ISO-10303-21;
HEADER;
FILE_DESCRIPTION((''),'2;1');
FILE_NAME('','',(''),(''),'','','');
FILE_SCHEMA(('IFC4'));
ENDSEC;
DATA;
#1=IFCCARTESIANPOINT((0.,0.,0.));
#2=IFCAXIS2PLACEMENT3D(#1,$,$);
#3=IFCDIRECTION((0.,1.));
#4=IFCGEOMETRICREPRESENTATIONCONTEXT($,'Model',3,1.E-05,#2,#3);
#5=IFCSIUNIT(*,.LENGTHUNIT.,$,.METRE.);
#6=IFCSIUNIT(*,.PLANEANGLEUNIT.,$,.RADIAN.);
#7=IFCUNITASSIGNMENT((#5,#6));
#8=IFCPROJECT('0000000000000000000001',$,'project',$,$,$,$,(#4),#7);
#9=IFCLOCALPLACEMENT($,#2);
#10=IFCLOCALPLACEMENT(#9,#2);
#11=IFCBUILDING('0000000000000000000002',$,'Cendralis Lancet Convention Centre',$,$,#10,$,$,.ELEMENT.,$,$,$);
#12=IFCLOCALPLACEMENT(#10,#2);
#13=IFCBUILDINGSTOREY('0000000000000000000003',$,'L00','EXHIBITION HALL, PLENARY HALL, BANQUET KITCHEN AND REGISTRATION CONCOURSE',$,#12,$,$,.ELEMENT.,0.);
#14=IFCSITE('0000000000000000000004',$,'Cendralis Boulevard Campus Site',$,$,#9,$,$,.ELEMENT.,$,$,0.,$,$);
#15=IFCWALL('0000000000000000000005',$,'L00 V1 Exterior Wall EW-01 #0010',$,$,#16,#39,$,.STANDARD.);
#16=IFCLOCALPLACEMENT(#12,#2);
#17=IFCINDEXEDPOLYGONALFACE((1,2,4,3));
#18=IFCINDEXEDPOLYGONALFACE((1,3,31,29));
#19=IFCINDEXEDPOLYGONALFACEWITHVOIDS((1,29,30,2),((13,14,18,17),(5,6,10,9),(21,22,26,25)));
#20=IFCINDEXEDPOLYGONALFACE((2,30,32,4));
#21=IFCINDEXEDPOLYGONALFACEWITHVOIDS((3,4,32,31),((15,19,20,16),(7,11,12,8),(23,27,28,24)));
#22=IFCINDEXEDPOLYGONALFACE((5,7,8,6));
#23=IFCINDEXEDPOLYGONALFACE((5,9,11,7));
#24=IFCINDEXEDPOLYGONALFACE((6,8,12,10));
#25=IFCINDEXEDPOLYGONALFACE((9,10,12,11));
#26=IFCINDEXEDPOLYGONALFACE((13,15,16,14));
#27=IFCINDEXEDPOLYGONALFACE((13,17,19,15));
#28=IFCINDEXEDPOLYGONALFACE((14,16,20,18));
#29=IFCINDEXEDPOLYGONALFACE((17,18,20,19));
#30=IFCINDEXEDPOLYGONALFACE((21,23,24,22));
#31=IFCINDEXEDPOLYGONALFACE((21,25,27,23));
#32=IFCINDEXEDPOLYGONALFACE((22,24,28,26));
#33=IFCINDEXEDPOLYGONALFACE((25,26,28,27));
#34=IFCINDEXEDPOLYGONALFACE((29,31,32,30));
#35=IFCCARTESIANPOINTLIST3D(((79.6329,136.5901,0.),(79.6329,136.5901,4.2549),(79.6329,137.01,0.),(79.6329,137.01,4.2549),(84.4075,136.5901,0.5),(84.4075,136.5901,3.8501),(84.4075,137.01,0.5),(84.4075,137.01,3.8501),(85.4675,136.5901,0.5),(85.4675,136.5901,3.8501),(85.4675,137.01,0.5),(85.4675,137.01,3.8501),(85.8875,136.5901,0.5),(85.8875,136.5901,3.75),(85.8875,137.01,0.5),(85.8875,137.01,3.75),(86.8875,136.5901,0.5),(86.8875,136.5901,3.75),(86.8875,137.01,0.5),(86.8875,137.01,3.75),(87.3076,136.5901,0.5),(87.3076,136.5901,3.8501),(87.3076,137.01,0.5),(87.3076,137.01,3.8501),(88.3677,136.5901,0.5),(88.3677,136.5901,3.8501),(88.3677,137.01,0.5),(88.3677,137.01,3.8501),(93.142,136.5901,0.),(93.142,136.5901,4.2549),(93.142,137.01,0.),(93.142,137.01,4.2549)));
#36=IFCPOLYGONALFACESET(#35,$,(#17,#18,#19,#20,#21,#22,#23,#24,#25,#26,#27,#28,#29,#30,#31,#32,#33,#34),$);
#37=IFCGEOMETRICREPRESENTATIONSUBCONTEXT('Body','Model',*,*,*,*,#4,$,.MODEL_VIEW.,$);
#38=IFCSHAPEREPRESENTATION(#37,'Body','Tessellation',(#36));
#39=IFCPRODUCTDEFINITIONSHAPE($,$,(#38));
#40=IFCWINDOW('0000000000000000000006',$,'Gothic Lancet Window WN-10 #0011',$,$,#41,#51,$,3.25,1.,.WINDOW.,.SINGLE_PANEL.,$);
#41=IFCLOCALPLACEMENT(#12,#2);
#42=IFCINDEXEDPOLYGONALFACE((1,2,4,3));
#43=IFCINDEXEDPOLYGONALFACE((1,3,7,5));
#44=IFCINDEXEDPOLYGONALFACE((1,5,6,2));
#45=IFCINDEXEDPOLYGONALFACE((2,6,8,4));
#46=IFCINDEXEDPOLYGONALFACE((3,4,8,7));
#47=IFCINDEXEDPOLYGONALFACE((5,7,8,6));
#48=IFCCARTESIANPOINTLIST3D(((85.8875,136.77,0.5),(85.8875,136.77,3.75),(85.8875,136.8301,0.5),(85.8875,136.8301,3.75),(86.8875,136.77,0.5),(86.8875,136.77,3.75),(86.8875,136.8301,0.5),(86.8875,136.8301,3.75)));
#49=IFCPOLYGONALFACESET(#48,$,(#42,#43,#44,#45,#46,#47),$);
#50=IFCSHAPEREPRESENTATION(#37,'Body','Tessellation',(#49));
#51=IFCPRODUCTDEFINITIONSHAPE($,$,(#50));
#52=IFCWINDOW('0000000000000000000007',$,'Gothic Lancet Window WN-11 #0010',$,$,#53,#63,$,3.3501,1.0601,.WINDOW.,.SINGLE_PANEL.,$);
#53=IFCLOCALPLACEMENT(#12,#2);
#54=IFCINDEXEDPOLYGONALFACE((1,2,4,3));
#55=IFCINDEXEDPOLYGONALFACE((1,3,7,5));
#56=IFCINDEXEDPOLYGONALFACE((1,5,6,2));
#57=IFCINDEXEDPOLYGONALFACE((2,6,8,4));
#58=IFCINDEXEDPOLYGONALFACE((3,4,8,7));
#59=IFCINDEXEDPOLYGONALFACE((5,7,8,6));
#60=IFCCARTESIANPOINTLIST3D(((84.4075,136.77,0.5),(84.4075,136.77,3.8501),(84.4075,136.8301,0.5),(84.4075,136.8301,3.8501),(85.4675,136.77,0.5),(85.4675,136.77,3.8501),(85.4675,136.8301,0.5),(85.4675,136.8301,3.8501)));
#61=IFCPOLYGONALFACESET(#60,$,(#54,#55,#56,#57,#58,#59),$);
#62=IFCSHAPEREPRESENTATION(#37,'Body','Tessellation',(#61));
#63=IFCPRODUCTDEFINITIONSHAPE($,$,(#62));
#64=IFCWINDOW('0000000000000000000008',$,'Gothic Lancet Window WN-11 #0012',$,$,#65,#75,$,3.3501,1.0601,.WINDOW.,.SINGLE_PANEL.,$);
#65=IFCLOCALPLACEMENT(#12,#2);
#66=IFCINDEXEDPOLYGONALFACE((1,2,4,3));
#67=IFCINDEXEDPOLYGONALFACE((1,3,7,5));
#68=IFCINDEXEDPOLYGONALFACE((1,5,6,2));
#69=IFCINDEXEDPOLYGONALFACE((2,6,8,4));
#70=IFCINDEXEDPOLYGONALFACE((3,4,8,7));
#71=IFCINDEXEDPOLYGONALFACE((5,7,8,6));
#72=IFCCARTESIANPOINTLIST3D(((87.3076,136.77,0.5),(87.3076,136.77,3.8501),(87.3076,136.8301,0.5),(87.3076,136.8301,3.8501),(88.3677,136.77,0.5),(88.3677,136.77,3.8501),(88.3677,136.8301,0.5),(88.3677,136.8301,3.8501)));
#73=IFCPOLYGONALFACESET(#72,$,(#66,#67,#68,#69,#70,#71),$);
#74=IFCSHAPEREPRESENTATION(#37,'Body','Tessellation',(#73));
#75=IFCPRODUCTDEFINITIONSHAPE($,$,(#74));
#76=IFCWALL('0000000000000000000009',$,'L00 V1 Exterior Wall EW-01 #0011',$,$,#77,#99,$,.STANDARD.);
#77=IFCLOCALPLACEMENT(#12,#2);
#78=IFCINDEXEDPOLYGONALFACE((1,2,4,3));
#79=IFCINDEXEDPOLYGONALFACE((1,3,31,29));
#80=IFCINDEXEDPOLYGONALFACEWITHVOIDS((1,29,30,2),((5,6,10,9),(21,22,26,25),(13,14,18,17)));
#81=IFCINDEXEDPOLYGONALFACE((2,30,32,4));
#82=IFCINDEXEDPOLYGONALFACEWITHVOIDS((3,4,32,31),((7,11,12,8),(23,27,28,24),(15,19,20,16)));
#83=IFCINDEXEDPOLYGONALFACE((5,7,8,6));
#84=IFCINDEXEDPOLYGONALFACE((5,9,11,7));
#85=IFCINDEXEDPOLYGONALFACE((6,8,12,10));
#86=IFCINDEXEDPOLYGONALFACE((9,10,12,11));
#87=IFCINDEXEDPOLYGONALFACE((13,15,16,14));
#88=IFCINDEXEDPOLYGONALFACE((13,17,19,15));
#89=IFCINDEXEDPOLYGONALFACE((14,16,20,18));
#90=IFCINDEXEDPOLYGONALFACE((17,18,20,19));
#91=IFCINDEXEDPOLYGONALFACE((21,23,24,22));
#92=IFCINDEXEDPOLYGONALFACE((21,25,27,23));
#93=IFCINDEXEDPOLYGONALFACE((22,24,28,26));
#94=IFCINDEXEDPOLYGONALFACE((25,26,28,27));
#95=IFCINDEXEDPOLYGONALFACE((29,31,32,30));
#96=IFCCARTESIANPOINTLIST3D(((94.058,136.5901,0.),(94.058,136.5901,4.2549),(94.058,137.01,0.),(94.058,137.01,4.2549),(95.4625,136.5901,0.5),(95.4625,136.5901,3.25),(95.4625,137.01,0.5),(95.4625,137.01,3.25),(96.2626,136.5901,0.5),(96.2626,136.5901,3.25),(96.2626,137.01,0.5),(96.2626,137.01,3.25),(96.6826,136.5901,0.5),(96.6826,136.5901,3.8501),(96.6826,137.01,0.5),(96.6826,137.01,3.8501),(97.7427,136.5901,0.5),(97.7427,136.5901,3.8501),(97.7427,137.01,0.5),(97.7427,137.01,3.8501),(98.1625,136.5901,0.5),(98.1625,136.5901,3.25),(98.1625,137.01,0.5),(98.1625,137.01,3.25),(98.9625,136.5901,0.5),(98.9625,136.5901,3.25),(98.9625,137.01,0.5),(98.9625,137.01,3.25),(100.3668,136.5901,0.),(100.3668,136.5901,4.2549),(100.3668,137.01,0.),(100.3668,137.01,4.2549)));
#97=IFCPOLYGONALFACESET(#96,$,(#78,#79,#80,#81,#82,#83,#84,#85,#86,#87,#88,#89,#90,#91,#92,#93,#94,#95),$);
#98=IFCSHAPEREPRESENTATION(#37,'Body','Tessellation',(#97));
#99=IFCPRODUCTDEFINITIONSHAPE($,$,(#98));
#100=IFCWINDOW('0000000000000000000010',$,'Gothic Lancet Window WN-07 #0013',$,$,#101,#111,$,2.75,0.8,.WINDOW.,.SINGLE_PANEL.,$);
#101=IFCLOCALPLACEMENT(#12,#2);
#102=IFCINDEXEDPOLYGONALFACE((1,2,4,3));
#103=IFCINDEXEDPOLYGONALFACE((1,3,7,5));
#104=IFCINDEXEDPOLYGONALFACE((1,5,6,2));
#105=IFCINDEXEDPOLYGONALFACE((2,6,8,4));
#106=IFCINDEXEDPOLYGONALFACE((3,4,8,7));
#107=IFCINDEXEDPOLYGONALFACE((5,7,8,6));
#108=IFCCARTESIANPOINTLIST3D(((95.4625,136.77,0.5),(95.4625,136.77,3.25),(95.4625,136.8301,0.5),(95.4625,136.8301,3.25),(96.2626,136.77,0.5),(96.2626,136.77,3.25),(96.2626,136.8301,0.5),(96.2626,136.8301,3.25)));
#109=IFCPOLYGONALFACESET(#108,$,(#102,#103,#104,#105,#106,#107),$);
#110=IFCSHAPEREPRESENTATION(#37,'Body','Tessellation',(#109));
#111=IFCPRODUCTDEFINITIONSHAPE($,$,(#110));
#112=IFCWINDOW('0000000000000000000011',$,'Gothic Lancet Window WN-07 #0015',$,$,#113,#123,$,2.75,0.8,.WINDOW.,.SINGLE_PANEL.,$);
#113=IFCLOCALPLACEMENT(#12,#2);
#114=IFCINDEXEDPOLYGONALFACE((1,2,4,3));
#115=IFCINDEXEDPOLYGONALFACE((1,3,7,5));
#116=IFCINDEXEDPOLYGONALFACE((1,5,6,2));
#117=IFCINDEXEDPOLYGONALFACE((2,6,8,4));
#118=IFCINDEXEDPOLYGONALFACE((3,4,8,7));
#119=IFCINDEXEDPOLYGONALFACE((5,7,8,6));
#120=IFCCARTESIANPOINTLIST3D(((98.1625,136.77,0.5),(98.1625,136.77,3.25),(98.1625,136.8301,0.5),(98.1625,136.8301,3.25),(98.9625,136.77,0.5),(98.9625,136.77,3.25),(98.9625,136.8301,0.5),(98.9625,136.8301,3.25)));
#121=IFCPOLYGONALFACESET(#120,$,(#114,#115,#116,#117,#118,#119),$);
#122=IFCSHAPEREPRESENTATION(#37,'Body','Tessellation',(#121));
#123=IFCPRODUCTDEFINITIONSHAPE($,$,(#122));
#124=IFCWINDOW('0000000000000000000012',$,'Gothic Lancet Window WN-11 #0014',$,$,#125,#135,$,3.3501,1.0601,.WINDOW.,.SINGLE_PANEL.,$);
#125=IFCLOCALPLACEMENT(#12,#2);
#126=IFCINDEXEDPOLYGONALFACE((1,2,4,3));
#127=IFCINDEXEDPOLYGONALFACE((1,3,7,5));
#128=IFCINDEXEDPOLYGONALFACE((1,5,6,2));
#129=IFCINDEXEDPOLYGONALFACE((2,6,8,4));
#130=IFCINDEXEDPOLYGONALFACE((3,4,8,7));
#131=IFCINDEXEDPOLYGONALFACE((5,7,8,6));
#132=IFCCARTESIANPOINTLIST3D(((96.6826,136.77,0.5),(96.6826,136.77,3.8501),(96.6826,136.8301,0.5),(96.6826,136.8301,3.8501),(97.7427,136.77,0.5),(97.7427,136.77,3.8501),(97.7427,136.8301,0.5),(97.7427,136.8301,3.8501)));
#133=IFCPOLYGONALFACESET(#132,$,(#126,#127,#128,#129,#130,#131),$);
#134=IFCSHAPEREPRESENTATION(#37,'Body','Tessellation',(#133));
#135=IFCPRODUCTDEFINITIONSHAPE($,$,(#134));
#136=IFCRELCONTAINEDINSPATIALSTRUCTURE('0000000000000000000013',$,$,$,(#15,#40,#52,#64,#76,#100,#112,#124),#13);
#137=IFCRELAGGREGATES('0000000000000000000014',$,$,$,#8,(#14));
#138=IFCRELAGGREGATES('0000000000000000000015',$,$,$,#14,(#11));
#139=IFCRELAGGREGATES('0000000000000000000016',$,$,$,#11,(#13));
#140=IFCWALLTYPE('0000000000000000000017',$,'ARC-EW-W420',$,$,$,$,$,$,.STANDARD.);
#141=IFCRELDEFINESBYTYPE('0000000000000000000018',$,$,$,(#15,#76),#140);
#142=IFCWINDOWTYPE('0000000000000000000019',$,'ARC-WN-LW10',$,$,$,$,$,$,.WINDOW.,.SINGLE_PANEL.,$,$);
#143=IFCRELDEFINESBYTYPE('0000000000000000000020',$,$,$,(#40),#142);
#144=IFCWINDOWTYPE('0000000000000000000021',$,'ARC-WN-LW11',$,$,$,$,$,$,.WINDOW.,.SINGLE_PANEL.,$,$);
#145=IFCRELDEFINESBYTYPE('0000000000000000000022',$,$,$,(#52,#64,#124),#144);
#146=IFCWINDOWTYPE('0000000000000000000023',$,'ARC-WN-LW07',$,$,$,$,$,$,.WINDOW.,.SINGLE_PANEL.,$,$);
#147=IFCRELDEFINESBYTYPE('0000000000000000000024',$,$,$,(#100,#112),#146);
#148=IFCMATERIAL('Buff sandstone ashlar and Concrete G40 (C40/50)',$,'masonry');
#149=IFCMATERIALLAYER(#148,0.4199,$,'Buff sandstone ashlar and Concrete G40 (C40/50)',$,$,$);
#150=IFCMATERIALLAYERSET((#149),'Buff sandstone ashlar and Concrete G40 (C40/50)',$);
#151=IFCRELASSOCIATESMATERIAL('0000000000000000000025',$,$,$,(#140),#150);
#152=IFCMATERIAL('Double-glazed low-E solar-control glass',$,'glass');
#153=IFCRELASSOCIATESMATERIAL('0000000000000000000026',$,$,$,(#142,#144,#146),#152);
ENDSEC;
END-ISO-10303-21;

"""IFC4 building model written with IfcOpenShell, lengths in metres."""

from ifc_helpers import new_model, si_unit, direction, frame, frame_2d, origin, place, context, subcontext, project, spatial, rectangle, extrude, material, layer, layer_set, type_object, element, fill, save


model = new_model("IFC4")

# Units and contexts
model_context = context("Model", 3, precision=1e-05, world=origin(), true_north=direction((0.0, 1.0)))
body_context = subcontext(model_context, "Body", "Model", "MODEL_VIEW")
ifc_project = project(units=[si_unit("LENGTHUNIT", "METRE"), si_unit("PLANEANGLEUNIT", "RADIAN")], contexts=[model_context])

# Site, building, storey
site_placement = place(None, origin())
site = spatial("IfcSite", under=ifc_project, at=site_placement, Name="Cendralis Boulevard Campus Site", CompositionType="ELEMENT", RefElevation=0.0)
building_placement = place(site_placement, origin())
building = spatial("IfcBuilding", under=site, at=building_placement, Name="Cendralis Lancet Convention Centre", CompositionType="ELEMENT")
storey_placement = place(building_placement, origin())
storey = spatial("IfcBuildingStorey", under=building, at=storey_placement, Name="L00", Description="EXHIBITION HALL, PLENARY HALL, BANQUET KITCHEN AND REGISTRATION CONCOURSE", CompositionType="ELEMENT", Elevation=0.0)

# Walls, openings, windows
ifc_material_1 = material(Name="Buff sandstone ashlar and Concrete G40 (C40/50)", Category="masonry")
ifc_layer_1 = layer(ifc_material_1, 0.4199, Name="Buff sandstone ashlar and Concrete G40 (C40/50)")
ifc_layer_set_1 = layer_set([ifc_layer_1], Name="Buff sandstone ashlar and Concrete G40 (C40/50)")
wall_type_1 = type_object("IfcWallType", Name="ARC-EW-W420", PredefinedType="STANDARD", material=ifc_layer_set_1)
wall_1_placement = place(storey_placement, frame((79.6331, 136.8, 0.0), z_axis=(0.0, 0.0, 1.0), x_axis=(1.0, 0.0, 0.0)))
wall_1 = element("IfcWall", 1, at=wall_1_placement, inside=storey, type_object=wall_type_1, Name="L00 V1 Exterior Wall EW-01 #0010", PredefinedType="STANDARD", context=body_context, shape_type="SweptSolid", body=[
    extrude(rectangle(XDim=13.509, YDim=0.4199, at=frame_2d((6.7544, 0.0))), origin(), (0.0, 0.0, 1.0), 4.2549),
])
opening_1_placement = place(wall_1_placement, frame((4.7744, 0.0, 0.5)))
opening_1 = element("IfcOpeningElement", 2, at=opening_1_placement, cuts=wall_1, PredefinedType="OPENING", context=body_context, shape_type="SweptSolid", body=[
    extrude(rectangle(XDim=1.0601, YDim=3.3501, at=frame_2d((0.53, 1.675))), frame((0.0, 0.22, 0.0), z_axis=(0.0, -1.0, 0.0), x_axis=(1.0, 0.0, 0.0)), (0.0, 0.0, 1.0), 0.4399),
])
opening_2_placement = place(wall_1_placement, frame((6.2544, 0.0, 0.5)))
opening_2 = element("IfcOpeningElement", 3, at=opening_2_placement, cuts=wall_1, PredefinedType="OPENING", context=body_context, shape_type="SweptSolid", body=[
    extrude(rectangle(XDim=1.0, YDim=3.25, at=frame_2d((0.5, 1.625))), frame((0.0, 0.22, 0.0), z_axis=(0.0, -1.0, 0.0), x_axis=(1.0, 0.0, 0.0)), (0.0, 0.0, 1.0), 0.4399),
])
opening_3_placement = place(wall_1_placement, frame((7.6746, 0.0, 0.5)))
opening_3 = element("IfcOpeningElement", 4, at=opening_3_placement, cuts=wall_1, PredefinedType="OPENING", context=body_context, shape_type="SweptSolid", body=[
    extrude(rectangle(XDim=1.0601, YDim=3.3501, at=frame_2d((0.53, 1.675))), frame((0.0, 0.22, 0.0), z_axis=(0.0, -1.0, 0.0), x_axis=(1.0, 0.0, 0.0)), (0.0, 0.0, 1.0), 0.4399),
])
ifc_material_2 = material(Name="Double-glazed low-E solar-control glass", Category="glass")
window_type_1 = type_object("IfcWindowType", Name="ARC-WN-LW10", PartitioningType="SINGLE_PANEL", PredefinedType="WINDOW", material=ifc_material_2)
window_1_placement = place(opening_2_placement, origin())
window_1 = element("IfcWindow", 5, at=window_1_placement, inside=storey, type_object=window_type_1, Name="Gothic Lancet Window WN-10 #0011", OverallHeight=3.25, OverallWidth=1.0, PartitioningType="SINGLE_PANEL", PredefinedType="WINDOW", context=body_context, shape_type="SweptSolid", body=[
    extrude(rectangle(XDim=1.0, YDim=3.25, at=frame_2d((0.5, 1.625))), frame((0.0, 0.03, 0.0), z_axis=(0.0, -1.0, 0.0), x_axis=(1.0, 0.0, 0.0)), (0.0, 0.0, 1.0), 0.0601),
])
fill(opening_2, window_1)
window_type_2 = type_object("IfcWindowType", Name="ARC-WN-LW11", PartitioningType="SINGLE_PANEL", PredefinedType="WINDOW", material=ifc_material_2)
window_2_placement = place(opening_1_placement, origin())
window_2 = element("IfcWindow", 6, at=window_2_placement, inside=storey, type_object=window_type_2, Name="Gothic Lancet Window WN-11 #0010", OverallHeight=3.3501, OverallWidth=1.0601, PartitioningType="SINGLE_PANEL", PredefinedType="WINDOW", context=body_context, shape_type="SweptSolid", body=[
    extrude(rectangle(XDim=1.0601, YDim=3.3501, at=frame_2d((0.53, 1.675))), frame((0.0, 0.03, 0.0), z_axis=(0.0, -1.0, 0.0), x_axis=(1.0, 0.0, 0.0)), (0.0, 0.0, 1.0), 0.0601),
])
fill(opening_1, window_2)
window_3_placement = place(opening_3_placement, origin())
window_3 = element("IfcWindow", 7, at=window_3_placement, inside=storey, type_object=window_type_2, Name="Gothic Lancet Window WN-11 #0012", OverallHeight=3.3501, OverallWidth=1.0601, PartitioningType="SINGLE_PANEL", PredefinedType="WINDOW", context=body_context, shape_type="SweptSolid", body=[
    extrude(rectangle(XDim=1.0601, YDim=3.3501, at=frame_2d((0.53, 1.675))), frame((0.0, 0.03, 0.0), z_axis=(0.0, -1.0, 0.0), x_axis=(1.0, 0.0, 0.0)), (0.0, 0.0, 1.0), 0.0601),
])
fill(opening_3, window_3)
wall_2_placement = place(storey_placement, frame((94.0581, 136.8, 0.0), z_axis=(0.0, 0.0, 1.0), x_axis=(1.0, 0.0, 0.0)))
wall_2 = element("IfcWall", 8, at=wall_2_placement, inside=storey, type_object=wall_type_1, Name="L00 V1 Exterior Wall EW-01 #0011", PredefinedType="STANDARD", context=body_context, shape_type="SweptSolid", body=[
    extrude(rectangle(XDim=6.3088, YDim=0.4199, at=frame_2d((3.1543, 0.0))), origin(), (0.0, 0.0, 1.0), 4.2549),
])
opening_4_placement = place(wall_2_placement, frame((1.4045, 0.0, 0.5)))
opening_4 = element("IfcOpeningElement", 9, at=opening_4_placement, cuts=wall_2, PredefinedType="OPENING", context=body_context, shape_type="SweptSolid", body=[
    extrude(rectangle(XDim=0.8, YDim=2.75, at=frame_2d((0.3999, 1.375))), frame((0.0, 0.22, 0.0), z_axis=(0.0, -1.0, 0.0), x_axis=(1.0, 0.0, 0.0)), (0.0, 0.0, 1.0), 0.4399),
])
opening_5_placement = place(wall_2_placement, frame((2.6245, 0.0, 0.5)))
opening_5 = element("IfcOpeningElement", 10, at=opening_5_placement, cuts=wall_2, PredefinedType="OPENING", context=body_context, shape_type="SweptSolid", body=[
    extrude(rectangle(XDim=1.0601, YDim=3.3501, at=frame_2d((0.53, 1.675))), frame((0.0, 0.22, 0.0), z_axis=(0.0, -1.0, 0.0), x_axis=(1.0, 0.0, 0.0)), (0.0, 0.0, 1.0), 0.4399),
])
opening_6_placement = place(wall_2_placement, frame((4.1045, 0.0, 0.5)))
opening_6 = element("IfcOpeningElement", 11, at=opening_6_placement, cuts=wall_2, PredefinedType="OPENING", context=body_context, shape_type="SweptSolid", body=[
    extrude(rectangle(XDim=0.8, YDim=2.75, at=frame_2d((0.3999, 1.375))), frame((0.0, 0.22, 0.0), z_axis=(0.0, -1.0, 0.0), x_axis=(1.0, 0.0, 0.0)), (0.0, 0.0, 1.0), 0.4399),
])
window_type_3 = type_object("IfcWindowType", Name="ARC-WN-LW07", PartitioningType="SINGLE_PANEL", PredefinedType="WINDOW", material=ifc_material_2)
window_4_placement = place(opening_4_placement, origin())
window_4 = element("IfcWindow", 12, at=window_4_placement, inside=storey, type_object=window_type_3, Name="Gothic Lancet Window WN-07 #0013", OverallHeight=2.75, OverallWidth=0.8, PartitioningType="SINGLE_PANEL", PredefinedType="WINDOW", context=body_context, shape_type="SweptSolid", body=[
    extrude(rectangle(XDim=0.8, YDim=2.75, at=frame_2d((0.3999, 1.375))), frame((0.0, 0.03, 0.0), z_axis=(0.0, -1.0, 0.0), x_axis=(1.0, 0.0, 0.0)), (0.0, 0.0, 1.0), 0.0601),
])
fill(opening_4, window_4)
window_5_placement = place(opening_6_placement, origin())
window_5 = element("IfcWindow", 13, at=window_5_placement, inside=storey, type_object=window_type_3, Name="Gothic Lancet Window WN-07 #0015", OverallHeight=2.75, OverallWidth=0.8, PartitioningType="SINGLE_PANEL", PredefinedType="WINDOW", context=body_context, shape_type="SweptSolid", body=[
    extrude(rectangle(XDim=0.8, YDim=2.75, at=frame_2d((0.3999, 1.375))), frame((0.0, 0.03, 0.0), z_axis=(0.0, -1.0, 0.0), x_axis=(1.0, 0.0, 0.0)), (0.0, 0.0, 1.0), 0.0601),
])
fill(opening_6, window_5)
window_6_placement = place(opening_5_placement, origin())
window_6 = element("IfcWindow", 14, at=window_6_placement, inside=storey, type_object=window_type_2, Name="Gothic Lancet Window WN-11 #0014", OverallHeight=3.3501, OverallWidth=1.0601, PartitioningType="SINGLE_PANEL", PredefinedType="WINDOW", context=body_context, shape_type="SweptSolid", body=[
    extrude(rectangle(XDim=1.0601, YDim=3.3501, at=frame_2d((0.53, 1.675))), frame((0.0, 0.03, 0.0), z_axis=(0.0, -1.0, 0.0), x_axis=(1.0, 0.0, 0.0)), (0.0, 0.0, 1.0), 0.0601),
])
fill(opening_5, window_6)

save(model, "model.ifc")
